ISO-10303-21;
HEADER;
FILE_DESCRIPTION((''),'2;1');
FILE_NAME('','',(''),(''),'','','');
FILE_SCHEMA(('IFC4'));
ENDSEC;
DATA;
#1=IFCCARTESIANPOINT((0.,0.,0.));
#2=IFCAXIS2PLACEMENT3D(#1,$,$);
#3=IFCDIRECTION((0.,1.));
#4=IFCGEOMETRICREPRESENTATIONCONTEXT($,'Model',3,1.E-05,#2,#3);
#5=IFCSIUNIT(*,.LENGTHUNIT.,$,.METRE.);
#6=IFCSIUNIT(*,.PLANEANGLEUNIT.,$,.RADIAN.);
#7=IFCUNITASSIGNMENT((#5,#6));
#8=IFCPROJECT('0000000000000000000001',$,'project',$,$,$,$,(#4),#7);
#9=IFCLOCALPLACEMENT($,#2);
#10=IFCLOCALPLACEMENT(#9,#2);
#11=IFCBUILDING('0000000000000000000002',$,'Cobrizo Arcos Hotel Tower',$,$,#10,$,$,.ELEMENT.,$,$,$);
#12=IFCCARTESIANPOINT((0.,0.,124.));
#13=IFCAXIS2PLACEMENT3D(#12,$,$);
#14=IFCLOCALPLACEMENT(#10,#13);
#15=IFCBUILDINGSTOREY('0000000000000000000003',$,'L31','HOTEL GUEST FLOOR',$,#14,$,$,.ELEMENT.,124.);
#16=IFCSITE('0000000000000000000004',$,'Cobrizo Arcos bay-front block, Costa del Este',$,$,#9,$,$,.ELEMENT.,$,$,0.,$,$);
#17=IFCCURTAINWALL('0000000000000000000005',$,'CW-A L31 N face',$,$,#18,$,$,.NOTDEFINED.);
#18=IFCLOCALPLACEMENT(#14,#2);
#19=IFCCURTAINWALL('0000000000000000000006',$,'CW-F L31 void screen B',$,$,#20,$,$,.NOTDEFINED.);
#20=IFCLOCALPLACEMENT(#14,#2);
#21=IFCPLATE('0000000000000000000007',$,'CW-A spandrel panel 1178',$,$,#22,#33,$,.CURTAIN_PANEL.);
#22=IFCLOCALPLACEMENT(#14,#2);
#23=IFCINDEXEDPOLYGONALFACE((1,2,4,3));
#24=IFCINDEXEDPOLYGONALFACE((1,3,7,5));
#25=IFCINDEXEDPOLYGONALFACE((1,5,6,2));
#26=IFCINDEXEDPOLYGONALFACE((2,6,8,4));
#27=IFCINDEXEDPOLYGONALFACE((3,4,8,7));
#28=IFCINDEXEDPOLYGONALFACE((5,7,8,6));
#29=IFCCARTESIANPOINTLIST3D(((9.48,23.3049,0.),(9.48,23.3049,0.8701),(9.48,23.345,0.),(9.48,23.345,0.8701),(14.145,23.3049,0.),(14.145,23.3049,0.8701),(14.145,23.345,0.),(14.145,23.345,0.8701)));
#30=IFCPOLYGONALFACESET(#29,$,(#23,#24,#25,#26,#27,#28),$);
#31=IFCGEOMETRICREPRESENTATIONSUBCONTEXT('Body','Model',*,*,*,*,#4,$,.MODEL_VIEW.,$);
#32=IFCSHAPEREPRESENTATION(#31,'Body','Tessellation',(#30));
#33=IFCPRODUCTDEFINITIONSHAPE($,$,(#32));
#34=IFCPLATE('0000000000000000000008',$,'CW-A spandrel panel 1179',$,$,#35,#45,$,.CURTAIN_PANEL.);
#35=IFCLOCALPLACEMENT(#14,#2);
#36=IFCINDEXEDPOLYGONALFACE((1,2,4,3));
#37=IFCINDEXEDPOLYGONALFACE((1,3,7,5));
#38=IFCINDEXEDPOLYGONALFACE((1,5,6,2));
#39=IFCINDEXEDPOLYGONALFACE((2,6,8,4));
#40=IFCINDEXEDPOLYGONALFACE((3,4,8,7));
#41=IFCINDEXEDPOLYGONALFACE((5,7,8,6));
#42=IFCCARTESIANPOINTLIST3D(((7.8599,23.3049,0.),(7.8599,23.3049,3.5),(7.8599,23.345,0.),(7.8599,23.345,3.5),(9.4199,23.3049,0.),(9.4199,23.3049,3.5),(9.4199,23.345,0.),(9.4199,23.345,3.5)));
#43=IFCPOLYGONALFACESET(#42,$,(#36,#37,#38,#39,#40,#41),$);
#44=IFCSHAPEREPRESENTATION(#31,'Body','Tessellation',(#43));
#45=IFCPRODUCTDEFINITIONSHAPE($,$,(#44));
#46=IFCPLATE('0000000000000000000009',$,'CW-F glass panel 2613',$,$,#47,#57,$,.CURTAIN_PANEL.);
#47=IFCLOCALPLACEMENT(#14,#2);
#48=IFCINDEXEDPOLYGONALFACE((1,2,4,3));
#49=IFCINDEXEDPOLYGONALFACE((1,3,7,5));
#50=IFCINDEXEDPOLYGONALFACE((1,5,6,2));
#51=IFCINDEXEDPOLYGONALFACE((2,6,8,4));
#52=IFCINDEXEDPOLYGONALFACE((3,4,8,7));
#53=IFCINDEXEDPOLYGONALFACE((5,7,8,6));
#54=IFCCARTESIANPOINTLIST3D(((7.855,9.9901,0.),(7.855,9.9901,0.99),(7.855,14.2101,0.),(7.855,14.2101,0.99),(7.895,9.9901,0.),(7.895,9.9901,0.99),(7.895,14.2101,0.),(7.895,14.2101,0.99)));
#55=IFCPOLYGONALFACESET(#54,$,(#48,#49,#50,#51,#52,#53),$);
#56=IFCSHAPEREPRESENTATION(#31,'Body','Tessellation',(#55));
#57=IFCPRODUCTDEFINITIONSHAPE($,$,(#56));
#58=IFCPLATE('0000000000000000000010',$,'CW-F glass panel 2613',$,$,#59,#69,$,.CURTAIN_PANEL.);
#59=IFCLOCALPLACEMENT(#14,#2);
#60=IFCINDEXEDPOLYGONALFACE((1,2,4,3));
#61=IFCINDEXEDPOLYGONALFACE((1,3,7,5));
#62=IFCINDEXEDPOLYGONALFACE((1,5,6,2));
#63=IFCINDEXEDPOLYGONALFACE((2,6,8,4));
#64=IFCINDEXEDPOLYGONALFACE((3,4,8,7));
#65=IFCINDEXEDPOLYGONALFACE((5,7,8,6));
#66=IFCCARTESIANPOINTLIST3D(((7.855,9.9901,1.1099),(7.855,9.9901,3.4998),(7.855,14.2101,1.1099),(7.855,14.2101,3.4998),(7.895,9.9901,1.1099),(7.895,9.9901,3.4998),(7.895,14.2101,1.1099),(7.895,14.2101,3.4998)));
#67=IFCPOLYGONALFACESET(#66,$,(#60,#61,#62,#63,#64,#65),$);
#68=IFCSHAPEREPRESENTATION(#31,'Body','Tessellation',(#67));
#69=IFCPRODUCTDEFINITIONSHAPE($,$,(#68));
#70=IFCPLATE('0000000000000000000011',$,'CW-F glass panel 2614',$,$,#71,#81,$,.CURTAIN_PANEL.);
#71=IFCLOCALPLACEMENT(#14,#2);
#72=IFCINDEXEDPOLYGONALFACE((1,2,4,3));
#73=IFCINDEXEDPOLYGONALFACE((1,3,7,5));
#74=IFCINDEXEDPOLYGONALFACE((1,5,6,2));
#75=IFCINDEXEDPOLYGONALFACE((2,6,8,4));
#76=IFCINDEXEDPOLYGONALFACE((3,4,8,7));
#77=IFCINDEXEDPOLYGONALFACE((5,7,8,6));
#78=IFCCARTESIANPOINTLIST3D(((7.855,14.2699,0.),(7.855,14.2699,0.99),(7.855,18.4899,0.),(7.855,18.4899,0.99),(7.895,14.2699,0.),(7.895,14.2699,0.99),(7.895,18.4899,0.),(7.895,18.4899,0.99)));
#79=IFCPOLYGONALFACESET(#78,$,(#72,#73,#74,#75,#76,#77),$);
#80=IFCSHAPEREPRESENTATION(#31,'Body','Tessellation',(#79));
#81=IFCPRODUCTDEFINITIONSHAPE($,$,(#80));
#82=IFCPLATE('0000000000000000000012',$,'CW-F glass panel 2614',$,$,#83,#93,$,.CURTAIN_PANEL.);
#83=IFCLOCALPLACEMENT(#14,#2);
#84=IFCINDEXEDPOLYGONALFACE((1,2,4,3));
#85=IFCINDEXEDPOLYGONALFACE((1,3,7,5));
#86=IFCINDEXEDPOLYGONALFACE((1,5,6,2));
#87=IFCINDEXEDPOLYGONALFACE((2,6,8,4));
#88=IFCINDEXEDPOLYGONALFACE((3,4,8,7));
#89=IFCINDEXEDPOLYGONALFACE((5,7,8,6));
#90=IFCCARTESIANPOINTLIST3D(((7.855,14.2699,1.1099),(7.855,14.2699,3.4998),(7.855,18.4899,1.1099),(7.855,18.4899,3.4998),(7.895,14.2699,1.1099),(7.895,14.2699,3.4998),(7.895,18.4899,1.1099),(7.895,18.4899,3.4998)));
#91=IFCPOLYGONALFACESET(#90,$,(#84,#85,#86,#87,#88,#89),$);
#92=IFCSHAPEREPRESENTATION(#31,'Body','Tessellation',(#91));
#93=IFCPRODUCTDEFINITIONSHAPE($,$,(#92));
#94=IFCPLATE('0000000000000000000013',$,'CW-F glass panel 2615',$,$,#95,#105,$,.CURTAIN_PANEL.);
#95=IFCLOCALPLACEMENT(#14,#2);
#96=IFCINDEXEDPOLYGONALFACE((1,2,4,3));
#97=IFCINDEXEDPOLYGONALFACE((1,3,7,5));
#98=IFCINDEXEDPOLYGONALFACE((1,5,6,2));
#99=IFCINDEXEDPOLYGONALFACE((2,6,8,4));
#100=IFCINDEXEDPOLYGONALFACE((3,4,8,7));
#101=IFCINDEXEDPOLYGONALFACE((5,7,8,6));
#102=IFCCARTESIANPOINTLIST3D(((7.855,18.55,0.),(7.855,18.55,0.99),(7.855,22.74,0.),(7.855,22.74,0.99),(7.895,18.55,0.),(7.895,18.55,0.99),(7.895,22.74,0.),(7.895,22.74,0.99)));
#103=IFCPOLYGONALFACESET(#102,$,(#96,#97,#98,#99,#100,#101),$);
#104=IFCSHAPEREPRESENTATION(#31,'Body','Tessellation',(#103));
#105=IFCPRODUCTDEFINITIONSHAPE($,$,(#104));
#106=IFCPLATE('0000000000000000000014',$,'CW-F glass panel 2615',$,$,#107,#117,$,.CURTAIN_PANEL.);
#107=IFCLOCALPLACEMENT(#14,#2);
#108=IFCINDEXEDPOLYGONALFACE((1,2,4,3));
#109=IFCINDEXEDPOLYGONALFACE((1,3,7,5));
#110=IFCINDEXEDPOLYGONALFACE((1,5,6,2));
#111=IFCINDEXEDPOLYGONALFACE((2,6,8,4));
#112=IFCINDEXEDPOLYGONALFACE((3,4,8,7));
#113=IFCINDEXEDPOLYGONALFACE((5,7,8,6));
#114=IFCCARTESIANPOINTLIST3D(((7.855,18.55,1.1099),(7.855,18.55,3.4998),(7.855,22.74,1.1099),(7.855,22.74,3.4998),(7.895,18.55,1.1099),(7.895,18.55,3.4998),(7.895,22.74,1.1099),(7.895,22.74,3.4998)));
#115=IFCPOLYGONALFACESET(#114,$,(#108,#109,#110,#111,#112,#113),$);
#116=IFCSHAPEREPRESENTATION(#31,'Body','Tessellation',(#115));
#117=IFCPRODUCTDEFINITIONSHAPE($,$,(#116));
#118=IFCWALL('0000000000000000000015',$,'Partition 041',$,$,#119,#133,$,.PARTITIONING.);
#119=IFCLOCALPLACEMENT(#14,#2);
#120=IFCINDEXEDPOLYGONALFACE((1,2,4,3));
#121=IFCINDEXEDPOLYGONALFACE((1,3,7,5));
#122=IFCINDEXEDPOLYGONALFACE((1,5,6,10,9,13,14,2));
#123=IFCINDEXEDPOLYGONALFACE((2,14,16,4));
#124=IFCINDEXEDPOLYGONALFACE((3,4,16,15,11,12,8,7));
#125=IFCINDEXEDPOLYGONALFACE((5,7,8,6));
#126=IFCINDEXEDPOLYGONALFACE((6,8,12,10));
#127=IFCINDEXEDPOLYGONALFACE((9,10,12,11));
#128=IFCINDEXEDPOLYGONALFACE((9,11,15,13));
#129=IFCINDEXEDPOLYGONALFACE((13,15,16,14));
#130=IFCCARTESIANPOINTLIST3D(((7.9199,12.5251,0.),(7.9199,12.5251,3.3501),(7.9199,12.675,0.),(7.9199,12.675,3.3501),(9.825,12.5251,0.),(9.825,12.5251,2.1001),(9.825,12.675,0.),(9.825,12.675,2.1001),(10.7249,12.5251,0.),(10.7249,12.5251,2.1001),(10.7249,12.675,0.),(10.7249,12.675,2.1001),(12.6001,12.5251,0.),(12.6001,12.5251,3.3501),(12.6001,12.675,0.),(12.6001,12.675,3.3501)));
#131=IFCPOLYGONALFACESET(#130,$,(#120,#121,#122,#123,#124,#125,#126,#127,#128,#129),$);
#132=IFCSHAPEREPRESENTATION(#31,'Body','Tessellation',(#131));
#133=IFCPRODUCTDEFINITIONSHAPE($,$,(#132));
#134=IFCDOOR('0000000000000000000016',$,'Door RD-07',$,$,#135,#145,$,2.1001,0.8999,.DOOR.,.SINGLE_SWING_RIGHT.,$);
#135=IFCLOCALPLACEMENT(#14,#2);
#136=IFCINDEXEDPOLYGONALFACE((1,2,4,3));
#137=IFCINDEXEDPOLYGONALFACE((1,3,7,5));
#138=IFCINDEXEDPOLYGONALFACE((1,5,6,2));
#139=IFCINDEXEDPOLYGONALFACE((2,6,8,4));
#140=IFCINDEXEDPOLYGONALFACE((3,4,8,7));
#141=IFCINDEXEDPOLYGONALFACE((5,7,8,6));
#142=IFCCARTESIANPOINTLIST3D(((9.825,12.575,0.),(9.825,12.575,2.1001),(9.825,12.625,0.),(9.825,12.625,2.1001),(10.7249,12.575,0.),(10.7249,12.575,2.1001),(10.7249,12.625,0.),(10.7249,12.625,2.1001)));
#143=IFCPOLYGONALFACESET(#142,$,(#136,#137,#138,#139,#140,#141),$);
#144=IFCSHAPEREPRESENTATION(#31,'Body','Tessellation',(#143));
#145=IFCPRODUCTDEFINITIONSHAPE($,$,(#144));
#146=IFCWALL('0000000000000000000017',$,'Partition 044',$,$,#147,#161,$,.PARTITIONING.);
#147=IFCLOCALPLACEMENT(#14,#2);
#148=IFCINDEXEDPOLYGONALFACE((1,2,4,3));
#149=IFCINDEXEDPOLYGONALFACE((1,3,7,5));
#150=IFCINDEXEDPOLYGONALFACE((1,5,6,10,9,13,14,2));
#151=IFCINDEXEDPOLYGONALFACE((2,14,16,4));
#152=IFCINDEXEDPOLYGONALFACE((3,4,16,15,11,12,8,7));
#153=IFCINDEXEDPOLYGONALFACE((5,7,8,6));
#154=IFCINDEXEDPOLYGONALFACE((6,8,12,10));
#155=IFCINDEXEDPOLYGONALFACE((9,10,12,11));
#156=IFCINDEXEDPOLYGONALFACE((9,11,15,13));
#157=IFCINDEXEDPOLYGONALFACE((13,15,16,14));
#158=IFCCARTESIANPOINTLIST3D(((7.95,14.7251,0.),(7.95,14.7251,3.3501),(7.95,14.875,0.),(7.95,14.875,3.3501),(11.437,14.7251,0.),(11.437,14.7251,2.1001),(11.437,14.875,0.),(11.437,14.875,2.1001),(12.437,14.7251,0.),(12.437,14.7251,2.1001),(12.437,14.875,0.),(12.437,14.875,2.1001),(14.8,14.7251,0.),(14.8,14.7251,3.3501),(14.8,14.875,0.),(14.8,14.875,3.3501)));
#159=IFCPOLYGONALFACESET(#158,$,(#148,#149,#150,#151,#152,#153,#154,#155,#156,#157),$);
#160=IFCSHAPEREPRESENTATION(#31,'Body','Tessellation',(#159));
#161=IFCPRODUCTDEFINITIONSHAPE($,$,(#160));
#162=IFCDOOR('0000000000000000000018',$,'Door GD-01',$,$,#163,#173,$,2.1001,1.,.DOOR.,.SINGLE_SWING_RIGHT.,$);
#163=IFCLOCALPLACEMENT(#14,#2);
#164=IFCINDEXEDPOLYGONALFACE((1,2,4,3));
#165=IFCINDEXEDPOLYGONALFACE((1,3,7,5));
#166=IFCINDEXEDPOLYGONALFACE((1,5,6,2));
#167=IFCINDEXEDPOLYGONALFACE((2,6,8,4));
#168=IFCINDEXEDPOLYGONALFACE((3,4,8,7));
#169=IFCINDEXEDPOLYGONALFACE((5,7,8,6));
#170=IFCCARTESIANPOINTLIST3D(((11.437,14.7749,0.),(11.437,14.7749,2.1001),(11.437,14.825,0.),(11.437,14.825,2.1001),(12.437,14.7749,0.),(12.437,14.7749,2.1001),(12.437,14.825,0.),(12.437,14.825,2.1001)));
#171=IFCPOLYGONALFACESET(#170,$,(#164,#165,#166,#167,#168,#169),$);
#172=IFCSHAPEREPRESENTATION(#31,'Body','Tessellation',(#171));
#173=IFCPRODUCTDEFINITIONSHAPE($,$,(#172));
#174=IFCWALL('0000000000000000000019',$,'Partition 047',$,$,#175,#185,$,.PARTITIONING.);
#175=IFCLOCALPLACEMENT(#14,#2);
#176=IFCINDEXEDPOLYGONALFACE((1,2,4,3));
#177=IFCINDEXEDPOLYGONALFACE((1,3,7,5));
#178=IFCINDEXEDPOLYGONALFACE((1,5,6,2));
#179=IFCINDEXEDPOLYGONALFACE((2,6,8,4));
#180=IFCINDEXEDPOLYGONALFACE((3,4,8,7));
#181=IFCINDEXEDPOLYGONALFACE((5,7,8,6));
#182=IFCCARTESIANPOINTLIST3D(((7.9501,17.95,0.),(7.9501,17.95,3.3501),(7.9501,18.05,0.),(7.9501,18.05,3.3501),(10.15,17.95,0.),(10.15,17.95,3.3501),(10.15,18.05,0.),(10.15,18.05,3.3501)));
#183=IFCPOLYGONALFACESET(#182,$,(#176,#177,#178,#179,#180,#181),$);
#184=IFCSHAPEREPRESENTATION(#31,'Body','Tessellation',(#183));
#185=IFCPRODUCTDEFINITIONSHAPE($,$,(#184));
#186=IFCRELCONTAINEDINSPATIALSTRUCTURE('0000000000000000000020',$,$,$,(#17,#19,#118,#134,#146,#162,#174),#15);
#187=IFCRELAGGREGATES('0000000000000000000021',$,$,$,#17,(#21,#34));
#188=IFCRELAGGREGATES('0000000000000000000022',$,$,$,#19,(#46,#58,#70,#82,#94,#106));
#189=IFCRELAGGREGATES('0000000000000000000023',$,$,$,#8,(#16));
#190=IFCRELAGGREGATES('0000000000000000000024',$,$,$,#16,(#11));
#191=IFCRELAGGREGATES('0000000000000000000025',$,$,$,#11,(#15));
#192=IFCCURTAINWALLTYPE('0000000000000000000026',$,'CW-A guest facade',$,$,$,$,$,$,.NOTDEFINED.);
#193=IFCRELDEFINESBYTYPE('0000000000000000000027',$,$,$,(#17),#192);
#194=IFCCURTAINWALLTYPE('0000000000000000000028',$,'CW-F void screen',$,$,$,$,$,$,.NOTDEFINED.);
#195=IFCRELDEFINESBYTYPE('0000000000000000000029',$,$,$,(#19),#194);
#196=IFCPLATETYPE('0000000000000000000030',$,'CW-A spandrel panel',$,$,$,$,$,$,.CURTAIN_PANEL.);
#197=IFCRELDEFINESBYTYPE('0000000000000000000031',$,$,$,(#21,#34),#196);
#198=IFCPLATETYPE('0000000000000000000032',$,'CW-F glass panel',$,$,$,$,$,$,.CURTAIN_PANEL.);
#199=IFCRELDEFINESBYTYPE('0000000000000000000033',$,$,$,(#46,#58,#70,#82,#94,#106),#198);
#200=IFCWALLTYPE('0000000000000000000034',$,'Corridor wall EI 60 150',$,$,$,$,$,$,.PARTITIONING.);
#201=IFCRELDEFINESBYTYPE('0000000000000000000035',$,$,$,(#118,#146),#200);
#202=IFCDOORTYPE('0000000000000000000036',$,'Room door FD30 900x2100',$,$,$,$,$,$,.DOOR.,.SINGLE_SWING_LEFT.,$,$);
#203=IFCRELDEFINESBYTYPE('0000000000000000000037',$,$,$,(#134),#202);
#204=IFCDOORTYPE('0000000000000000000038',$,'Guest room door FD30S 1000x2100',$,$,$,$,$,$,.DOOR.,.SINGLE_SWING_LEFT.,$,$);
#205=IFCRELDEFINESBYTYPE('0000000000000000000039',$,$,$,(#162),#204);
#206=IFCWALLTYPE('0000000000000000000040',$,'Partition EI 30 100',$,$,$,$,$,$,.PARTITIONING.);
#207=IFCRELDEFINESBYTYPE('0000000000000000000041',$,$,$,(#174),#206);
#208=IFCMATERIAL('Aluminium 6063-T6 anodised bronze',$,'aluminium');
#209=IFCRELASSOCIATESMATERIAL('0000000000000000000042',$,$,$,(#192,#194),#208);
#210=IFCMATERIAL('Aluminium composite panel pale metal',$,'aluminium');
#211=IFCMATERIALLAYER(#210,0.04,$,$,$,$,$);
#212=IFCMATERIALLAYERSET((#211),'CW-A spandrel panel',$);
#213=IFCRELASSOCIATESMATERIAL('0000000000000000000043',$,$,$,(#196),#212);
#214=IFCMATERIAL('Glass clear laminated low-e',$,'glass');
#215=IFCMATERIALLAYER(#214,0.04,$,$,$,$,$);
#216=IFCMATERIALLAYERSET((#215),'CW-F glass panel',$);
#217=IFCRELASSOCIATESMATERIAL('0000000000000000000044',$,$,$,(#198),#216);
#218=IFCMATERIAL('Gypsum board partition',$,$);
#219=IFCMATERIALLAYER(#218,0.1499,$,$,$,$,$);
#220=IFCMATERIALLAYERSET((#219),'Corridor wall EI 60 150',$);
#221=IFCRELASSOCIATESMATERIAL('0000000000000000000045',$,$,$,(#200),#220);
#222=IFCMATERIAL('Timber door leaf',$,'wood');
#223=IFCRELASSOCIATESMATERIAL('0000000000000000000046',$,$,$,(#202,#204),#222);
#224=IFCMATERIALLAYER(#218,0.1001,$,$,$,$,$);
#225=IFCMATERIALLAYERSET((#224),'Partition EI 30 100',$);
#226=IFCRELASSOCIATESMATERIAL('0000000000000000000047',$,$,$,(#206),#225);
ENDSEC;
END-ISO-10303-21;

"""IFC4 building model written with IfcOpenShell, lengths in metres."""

from ifc_helpers import new_model, si_unit, direction, frame, frame_2d, origin, origin_2d, place, context, subcontext, project, spatial, rectangle, extrude, material, layer, layer_set, type_object, element, fill, aggregate, save


model = new_model("IFC4")

# Units and contexts
model_context = context("Model", 3, precision=1e-05, world=origin(), true_north=direction((0.0, 1.0)))
body_context = subcontext(model_context, "Body", "Model", "MODEL_VIEW")
ifc_project = project(units=[si_unit("LENGTHUNIT", "METRE"), si_unit("PLANEANGLEUNIT", "RADIAN")], contexts=[model_context])

# Site, building, storey
site_placement = place(None, origin())
site = spatial("IfcSite", under=ifc_project, at=site_placement, Name="Cobrizo Arcos bay-front block, Costa del Este", CompositionType="ELEMENT", RefElevation=0.0)
building_placement = place(site_placement, origin())
building = spatial("IfcBuilding", under=site, at=building_placement, Name="Cobrizo Arcos Hotel Tower", CompositionType="ELEMENT")
storey_placement = place(building_placement, frame((0.0, 0.0, 124.0)))
storey = spatial("IfcBuildingStorey", under=building, at=storey_placement, Name="L31", Description="HOTEL GUEST FLOOR", CompositionType="ELEMENT", Elevation=124.0)

# Curtain walls
ifc_material_1 = material(Name="Aluminium 6063-T6 anodised bronze", Category="aluminium")
curtain_wall_type_1 = type_object("IfcCurtainWallType", Name="CW-A guest facade", PredefinedType="NOTDEFINED", material=ifc_material_1)
curtain_wall_1_placement = place(storey_placement, origin())
curtain_wall_1 = element("IfcCurtainWall", 1, at=curtain_wall_1_placement, inside=storey, type_object=curtain_wall_type_1, Name="CW-A L31 N face", PredefinedType="NOTDEFINED")
curtain_wall_type_2 = type_object("IfcCurtainWallType", Name="CW-F void screen", PredefinedType="NOTDEFINED", material=ifc_material_1)
curtain_wall_2_placement = place(storey_placement, origin())
curtain_wall_2 = element("IfcCurtainWall", 2, at=curtain_wall_2_placement, inside=storey, type_object=curtain_wall_type_2, Name="CW-F L31 void screen B", PredefinedType="NOTDEFINED")

# Plates
ifc_material_2 = material(Name="Glass clear laminated low-e", Category="glass")
ifc_material_3 = material(Name="Aluminium composite panel pale metal", Category="aluminium")
ifc_layer_1 = layer(ifc_material_3, 0.04)
ifc_layer_set_1 = layer_set([ifc_layer_1], Name="CW-A spandrel panel")
plate_type_1 = type_object("IfcPlateType", Name="CW-A spandrel panel", PredefinedType="CURTAIN_PANEL", material=ifc_layer_set_1)
plate_1_placement = place(storey_placement, frame((11.8125, 23.325, 0.0), z_axis=(0.0, 0.0, 1.0), x_axis=(-1.0, 0.0, 0.0)))
plate_1 = element("IfcPlate", 3, at=plate_1_placement, type_object=plate_type_1, Name="CW-A spandrel panel 1178", PredefinedType="CURTAIN_PANEL", context=body_context, shape_type="SweptSolid", body=[
    extrude(rectangle(XDim=4.665, YDim=0.04, at=origin_2d()), origin(), (0.0, 0.0, 1.0), 0.8701),
])
plate_2_placement = place(storey_placement, frame((8.6399, 23.325, 0.0), z_axis=(0.0, 0.0, 1.0), x_axis=(-1.0, 0.0, 0.0)))
plate_2 = element("IfcPlate", 4, at=plate_2_placement, type_object=plate_type_1, Name="CW-A spandrel panel 1179", PredefinedType="CURTAIN_PANEL", context=body_context, shape_type="SweptSolid", body=[
    extrude(rectangle(XDim=1.5601, YDim=0.04, at=origin_2d()), origin(), (0.0, 0.0, 1.0), 3.5),
])
aggregate(curtain_wall_1, [plate_1, plate_2])
ifc_layer_2 = layer(ifc_material_2, 0.04)
ifc_layer_set_2 = layer_set([ifc_layer_2], Name="CW-F glass panel")
plate_type_2 = type_object("IfcPlateType", Name="CW-F glass panel", PredefinedType="CURTAIN_PANEL", material=ifc_layer_set_2)
plate_3_placement = place(storey_placement, frame((7.875, 12.1001, 0.0), z_axis=(0.0, 0.0, 1.0), x_axis=(0.0, 1.0, 0.0)))
plate_3 = element("IfcPlate", 5, at=plate_3_placement, type_object=plate_type_2, Name="CW-F glass panel 2613", PredefinedType="CURTAIN_PANEL", context=body_context, shape_type="SweptSolid", body=[
    extrude(rectangle(XDim=4.22, YDim=0.04, at=origin_2d()), origin(), (0.0, 0.0, 1.0), 0.99),
])
plate_4_placement = place(storey_placement, frame((7.875, 12.1001, 1.1099), z_axis=(0.0, 0.0, 1.0), x_axis=(0.0, 1.0, 0.0)))
plate_4 = element("IfcPlate", 6, at=plate_4_placement, type_object=plate_type_2, Name="CW-F glass panel 2613", PredefinedType="CURTAIN_PANEL", context=body_context, shape_type="SweptSolid", body=[
    extrude(rectangle(XDim=4.22, YDim=0.04, at=origin_2d()), origin(), (0.0, 0.0, 1.0), 2.3899),
])
plate_5_placement = place(storey_placement, frame((7.875, 16.3799, 0.0), z_axis=(0.0, 0.0, 1.0), x_axis=(0.0, 1.0, 0.0)))
plate_5 = element("IfcPlate", 7, at=plate_5_placement, type_object=plate_type_2, Name="CW-F glass panel 2614", PredefinedType="CURTAIN_PANEL", context=body_context, shape_type="SweptSolid", body=[
    extrude(rectangle(XDim=4.22, YDim=0.04, at=origin_2d()), origin(), (0.0, 0.0, 1.0), 0.99),
])
plate_6_placement = place(storey_placement, frame((7.875, 16.3799, 1.1099), z_axis=(0.0, 0.0, 1.0), x_axis=(0.0, 1.0, 0.0)))
plate_6 = element("IfcPlate", 8, at=plate_6_placement, type_object=plate_type_2, Name="CW-F glass panel 2614", PredefinedType="CURTAIN_PANEL", context=body_context, shape_type="SweptSolid", body=[
    extrude(rectangle(XDim=4.22, YDim=0.04, at=origin_2d()), origin(), (0.0, 0.0, 1.0), 2.3899),
])
plate_7_placement = place(storey_placement, frame((7.875, 20.645, 0.0), z_axis=(0.0, 0.0, 1.0), x_axis=(0.0, 1.0, 0.0)))
plate_7 = element("IfcPlate", 9, at=plate_7_placement, type_object=plate_type_2, Name="CW-F glass panel 2615", PredefinedType="CURTAIN_PANEL", context=body_context, shape_type="SweptSolid", body=[
    extrude(rectangle(XDim=4.1899, YDim=0.04, at=origin_2d()), origin(), (0.0, 0.0, 1.0), 0.99),
])
plate_8_placement = place(storey_placement, frame((7.875, 20.645, 1.1099), z_axis=(0.0, 0.0, 1.0), x_axis=(0.0, 1.0, 0.0)))
plate_8 = element("IfcPlate", 10, at=plate_8_placement, type_object=plate_type_2, Name="CW-F glass panel 2615", PredefinedType="CURTAIN_PANEL", context=body_context, shape_type="SweptSolid", body=[
    extrude(rectangle(XDim=4.1899, YDim=0.04, at=origin_2d()), origin(), (0.0, 0.0, 1.0), 2.3899),
])
aggregate(curtain_wall_2, [plate_3, plate_4, plate_5, plate_6, plate_7, plate_8])

# Walls, openings, doors
ifc_material_4 = material(Name="Gypsum board partition")
ifc_layer_3 = layer(ifc_material_4, 0.1499)
ifc_layer_set_3 = layer_set([ifc_layer_3], Name="Corridor wall EI 60 150")
wall_type_1 = type_object("IfcWallType", Name="Corridor wall EI 60 150", PredefinedType="PARTITIONING", material=ifc_layer_set_3)
wall_1_placement = place(storey_placement, frame((7.9199, 12.6001, 0.0), z_axis=(0.0, 0.0, 1.0), x_axis=(1.0, 0.0, 0.0)))
wall_1 = element("IfcWall", 11, at=wall_1_placement, inside=storey, type_object=wall_type_1, Name="Partition 041", PredefinedType="PARTITIONING", context=body_context, shape_type="SweptSolid", body=[
    extrude(rectangle(XDim=4.6802, YDim=0.1499, at=frame_2d((2.3401, 0.0))), origin(), (0.0, 0.0, 1.0), 3.3501),
])
opening_1_placement = place(wall_1_placement, frame((1.905, 0.0, 0.0)))
opening_1 = element("IfcOpeningElement", 12, at=opening_1_placement, cuts=wall_1, PredefinedType="OPENING", context=body_context, shape_type="SweptSolid", body=[
    extrude(rectangle(XDim=0.8999, YDim=2.1001, at=frame_2d((0.45, 1.05))), frame((0.0, 0.0869, 0.0), z_axis=(0.0, -1.0, 0.0), x_axis=(1.0, 0.0, 0.0)), (0.0, 0.0, 1.0), 0.1738),
])
ifc_material_5 = material(Name="Timber door leaf", Category="wood")
door_type_1 = type_object("IfcDoorType", Name="Room door FD30 900x2100", OperationType="SINGLE_SWING_LEFT", PredefinedType="DOOR", material=ifc_material_5)
door_1_placement = place(opening_1_placement, origin())
door_1 = element("IfcDoor", 13, at=door_1_placement, inside=storey, type_object=door_type_1, Name="Door RD-07", OperationType="SINGLE_SWING_RIGHT", OverallHeight=2.1001, OverallWidth=0.8999, PredefinedType="DOOR", context=body_context, shape_type="SweptSolid", body=[
    extrude(rectangle(XDim=0.8999, YDim=2.1001, at=frame_2d((0.45, 1.05))), frame((0.0, 0.0249, 0.0), z_axis=(0.0, -1.0, 0.0), x_axis=(1.0, 0.0, 0.0)), (0.0, 0.0, 1.0), 0.05),
])
fill(opening_1, door_1)
wall_2_placement = place(storey_placement, frame((7.95, 14.8, 0.0), z_axis=(0.0, 0.0, 1.0), x_axis=(1.0, 0.0, 0.0)))
wall_2 = element("IfcWall", 14, at=wall_2_placement, inside=storey, type_object=wall_type_1, Name="Partition 044", PredefinedType="PARTITIONING", context=body_context, shape_type="SweptSolid", body=[
    extrude(rectangle(XDim=6.8501, YDim=0.1499, at=frame_2d((3.425, 0.0))), origin(), (0.0, 0.0, 1.0), 3.3501),
])
opening_2_placement = place(wall_2_placement, frame((3.4871, 0.0, 0.0)))
opening_2 = element("IfcOpeningElement", 15, at=opening_2_placement, cuts=wall_2, PredefinedType="OPENING", context=body_context, shape_type="SweptSolid", body=[
    extrude(rectangle(XDim=1.0, YDim=2.1001, at=frame_2d((0.5, 1.05))), frame((0.0, 0.0869, 0.0), z_axis=(0.0, -1.0, 0.0), x_axis=(1.0, 0.0, 0.0)), (0.0, 0.0, 1.0), 0.1738),
])
door_type_2 = type_object("IfcDoorType", Name="Guest room door FD30S 1000x2100", OperationType="SINGLE_SWING_LEFT", PredefinedType="DOOR", material=ifc_material_5)
door_2_placement = place(opening_2_placement, origin())
door_2 = element("IfcDoor", 16, at=door_2_placement, inside=storey, type_object=door_type_2, Name="Door GD-01", OperationType="SINGLE_SWING_RIGHT", OverallHeight=2.1001, OverallWidth=1.0, PredefinedType="DOOR", context=body_context, shape_type="SweptSolid", body=[
    extrude(rectangle(XDim=1.0, YDim=2.1001, at=frame_2d((0.5, 1.05))), frame((0.0, 0.0249, 0.0), z_axis=(0.0, -1.0, 0.0), x_axis=(1.0, 0.0, 0.0)), (0.0, 0.0, 1.0), 0.05),
])
fill(opening_2, door_2)

# Wall
ifc_layer_4 = layer(ifc_material_4, 0.1001)
ifc_layer_set_4 = layer_set([ifc_layer_4], Name="Partition EI 30 100")
wall_type_2 = type_object("IfcWallType", Name="Partition EI 30 100", PredefinedType="PARTITIONING", material=ifc_layer_set_4)
wall_3_placement = place(storey_placement, frame((7.95, 18.0, 0.0), z_axis=(0.0, 0.0, 1.0), x_axis=(1.0, 0.0, 0.0)))
element("IfcWall", 17, at=wall_3_placement, inside=storey, type_object=wall_type_2, Name="Partition 047", PredefinedType="PARTITIONING", context=body_context, shape_type="SweptSolid", body=[
    extrude(rectangle(XDim=2.2, YDim=0.1001, at=frame_2d((1.1001, 0.0))), origin(), (0.0, 0.0, 1.0), 3.3501),
])

save(model, "model.ifc")
